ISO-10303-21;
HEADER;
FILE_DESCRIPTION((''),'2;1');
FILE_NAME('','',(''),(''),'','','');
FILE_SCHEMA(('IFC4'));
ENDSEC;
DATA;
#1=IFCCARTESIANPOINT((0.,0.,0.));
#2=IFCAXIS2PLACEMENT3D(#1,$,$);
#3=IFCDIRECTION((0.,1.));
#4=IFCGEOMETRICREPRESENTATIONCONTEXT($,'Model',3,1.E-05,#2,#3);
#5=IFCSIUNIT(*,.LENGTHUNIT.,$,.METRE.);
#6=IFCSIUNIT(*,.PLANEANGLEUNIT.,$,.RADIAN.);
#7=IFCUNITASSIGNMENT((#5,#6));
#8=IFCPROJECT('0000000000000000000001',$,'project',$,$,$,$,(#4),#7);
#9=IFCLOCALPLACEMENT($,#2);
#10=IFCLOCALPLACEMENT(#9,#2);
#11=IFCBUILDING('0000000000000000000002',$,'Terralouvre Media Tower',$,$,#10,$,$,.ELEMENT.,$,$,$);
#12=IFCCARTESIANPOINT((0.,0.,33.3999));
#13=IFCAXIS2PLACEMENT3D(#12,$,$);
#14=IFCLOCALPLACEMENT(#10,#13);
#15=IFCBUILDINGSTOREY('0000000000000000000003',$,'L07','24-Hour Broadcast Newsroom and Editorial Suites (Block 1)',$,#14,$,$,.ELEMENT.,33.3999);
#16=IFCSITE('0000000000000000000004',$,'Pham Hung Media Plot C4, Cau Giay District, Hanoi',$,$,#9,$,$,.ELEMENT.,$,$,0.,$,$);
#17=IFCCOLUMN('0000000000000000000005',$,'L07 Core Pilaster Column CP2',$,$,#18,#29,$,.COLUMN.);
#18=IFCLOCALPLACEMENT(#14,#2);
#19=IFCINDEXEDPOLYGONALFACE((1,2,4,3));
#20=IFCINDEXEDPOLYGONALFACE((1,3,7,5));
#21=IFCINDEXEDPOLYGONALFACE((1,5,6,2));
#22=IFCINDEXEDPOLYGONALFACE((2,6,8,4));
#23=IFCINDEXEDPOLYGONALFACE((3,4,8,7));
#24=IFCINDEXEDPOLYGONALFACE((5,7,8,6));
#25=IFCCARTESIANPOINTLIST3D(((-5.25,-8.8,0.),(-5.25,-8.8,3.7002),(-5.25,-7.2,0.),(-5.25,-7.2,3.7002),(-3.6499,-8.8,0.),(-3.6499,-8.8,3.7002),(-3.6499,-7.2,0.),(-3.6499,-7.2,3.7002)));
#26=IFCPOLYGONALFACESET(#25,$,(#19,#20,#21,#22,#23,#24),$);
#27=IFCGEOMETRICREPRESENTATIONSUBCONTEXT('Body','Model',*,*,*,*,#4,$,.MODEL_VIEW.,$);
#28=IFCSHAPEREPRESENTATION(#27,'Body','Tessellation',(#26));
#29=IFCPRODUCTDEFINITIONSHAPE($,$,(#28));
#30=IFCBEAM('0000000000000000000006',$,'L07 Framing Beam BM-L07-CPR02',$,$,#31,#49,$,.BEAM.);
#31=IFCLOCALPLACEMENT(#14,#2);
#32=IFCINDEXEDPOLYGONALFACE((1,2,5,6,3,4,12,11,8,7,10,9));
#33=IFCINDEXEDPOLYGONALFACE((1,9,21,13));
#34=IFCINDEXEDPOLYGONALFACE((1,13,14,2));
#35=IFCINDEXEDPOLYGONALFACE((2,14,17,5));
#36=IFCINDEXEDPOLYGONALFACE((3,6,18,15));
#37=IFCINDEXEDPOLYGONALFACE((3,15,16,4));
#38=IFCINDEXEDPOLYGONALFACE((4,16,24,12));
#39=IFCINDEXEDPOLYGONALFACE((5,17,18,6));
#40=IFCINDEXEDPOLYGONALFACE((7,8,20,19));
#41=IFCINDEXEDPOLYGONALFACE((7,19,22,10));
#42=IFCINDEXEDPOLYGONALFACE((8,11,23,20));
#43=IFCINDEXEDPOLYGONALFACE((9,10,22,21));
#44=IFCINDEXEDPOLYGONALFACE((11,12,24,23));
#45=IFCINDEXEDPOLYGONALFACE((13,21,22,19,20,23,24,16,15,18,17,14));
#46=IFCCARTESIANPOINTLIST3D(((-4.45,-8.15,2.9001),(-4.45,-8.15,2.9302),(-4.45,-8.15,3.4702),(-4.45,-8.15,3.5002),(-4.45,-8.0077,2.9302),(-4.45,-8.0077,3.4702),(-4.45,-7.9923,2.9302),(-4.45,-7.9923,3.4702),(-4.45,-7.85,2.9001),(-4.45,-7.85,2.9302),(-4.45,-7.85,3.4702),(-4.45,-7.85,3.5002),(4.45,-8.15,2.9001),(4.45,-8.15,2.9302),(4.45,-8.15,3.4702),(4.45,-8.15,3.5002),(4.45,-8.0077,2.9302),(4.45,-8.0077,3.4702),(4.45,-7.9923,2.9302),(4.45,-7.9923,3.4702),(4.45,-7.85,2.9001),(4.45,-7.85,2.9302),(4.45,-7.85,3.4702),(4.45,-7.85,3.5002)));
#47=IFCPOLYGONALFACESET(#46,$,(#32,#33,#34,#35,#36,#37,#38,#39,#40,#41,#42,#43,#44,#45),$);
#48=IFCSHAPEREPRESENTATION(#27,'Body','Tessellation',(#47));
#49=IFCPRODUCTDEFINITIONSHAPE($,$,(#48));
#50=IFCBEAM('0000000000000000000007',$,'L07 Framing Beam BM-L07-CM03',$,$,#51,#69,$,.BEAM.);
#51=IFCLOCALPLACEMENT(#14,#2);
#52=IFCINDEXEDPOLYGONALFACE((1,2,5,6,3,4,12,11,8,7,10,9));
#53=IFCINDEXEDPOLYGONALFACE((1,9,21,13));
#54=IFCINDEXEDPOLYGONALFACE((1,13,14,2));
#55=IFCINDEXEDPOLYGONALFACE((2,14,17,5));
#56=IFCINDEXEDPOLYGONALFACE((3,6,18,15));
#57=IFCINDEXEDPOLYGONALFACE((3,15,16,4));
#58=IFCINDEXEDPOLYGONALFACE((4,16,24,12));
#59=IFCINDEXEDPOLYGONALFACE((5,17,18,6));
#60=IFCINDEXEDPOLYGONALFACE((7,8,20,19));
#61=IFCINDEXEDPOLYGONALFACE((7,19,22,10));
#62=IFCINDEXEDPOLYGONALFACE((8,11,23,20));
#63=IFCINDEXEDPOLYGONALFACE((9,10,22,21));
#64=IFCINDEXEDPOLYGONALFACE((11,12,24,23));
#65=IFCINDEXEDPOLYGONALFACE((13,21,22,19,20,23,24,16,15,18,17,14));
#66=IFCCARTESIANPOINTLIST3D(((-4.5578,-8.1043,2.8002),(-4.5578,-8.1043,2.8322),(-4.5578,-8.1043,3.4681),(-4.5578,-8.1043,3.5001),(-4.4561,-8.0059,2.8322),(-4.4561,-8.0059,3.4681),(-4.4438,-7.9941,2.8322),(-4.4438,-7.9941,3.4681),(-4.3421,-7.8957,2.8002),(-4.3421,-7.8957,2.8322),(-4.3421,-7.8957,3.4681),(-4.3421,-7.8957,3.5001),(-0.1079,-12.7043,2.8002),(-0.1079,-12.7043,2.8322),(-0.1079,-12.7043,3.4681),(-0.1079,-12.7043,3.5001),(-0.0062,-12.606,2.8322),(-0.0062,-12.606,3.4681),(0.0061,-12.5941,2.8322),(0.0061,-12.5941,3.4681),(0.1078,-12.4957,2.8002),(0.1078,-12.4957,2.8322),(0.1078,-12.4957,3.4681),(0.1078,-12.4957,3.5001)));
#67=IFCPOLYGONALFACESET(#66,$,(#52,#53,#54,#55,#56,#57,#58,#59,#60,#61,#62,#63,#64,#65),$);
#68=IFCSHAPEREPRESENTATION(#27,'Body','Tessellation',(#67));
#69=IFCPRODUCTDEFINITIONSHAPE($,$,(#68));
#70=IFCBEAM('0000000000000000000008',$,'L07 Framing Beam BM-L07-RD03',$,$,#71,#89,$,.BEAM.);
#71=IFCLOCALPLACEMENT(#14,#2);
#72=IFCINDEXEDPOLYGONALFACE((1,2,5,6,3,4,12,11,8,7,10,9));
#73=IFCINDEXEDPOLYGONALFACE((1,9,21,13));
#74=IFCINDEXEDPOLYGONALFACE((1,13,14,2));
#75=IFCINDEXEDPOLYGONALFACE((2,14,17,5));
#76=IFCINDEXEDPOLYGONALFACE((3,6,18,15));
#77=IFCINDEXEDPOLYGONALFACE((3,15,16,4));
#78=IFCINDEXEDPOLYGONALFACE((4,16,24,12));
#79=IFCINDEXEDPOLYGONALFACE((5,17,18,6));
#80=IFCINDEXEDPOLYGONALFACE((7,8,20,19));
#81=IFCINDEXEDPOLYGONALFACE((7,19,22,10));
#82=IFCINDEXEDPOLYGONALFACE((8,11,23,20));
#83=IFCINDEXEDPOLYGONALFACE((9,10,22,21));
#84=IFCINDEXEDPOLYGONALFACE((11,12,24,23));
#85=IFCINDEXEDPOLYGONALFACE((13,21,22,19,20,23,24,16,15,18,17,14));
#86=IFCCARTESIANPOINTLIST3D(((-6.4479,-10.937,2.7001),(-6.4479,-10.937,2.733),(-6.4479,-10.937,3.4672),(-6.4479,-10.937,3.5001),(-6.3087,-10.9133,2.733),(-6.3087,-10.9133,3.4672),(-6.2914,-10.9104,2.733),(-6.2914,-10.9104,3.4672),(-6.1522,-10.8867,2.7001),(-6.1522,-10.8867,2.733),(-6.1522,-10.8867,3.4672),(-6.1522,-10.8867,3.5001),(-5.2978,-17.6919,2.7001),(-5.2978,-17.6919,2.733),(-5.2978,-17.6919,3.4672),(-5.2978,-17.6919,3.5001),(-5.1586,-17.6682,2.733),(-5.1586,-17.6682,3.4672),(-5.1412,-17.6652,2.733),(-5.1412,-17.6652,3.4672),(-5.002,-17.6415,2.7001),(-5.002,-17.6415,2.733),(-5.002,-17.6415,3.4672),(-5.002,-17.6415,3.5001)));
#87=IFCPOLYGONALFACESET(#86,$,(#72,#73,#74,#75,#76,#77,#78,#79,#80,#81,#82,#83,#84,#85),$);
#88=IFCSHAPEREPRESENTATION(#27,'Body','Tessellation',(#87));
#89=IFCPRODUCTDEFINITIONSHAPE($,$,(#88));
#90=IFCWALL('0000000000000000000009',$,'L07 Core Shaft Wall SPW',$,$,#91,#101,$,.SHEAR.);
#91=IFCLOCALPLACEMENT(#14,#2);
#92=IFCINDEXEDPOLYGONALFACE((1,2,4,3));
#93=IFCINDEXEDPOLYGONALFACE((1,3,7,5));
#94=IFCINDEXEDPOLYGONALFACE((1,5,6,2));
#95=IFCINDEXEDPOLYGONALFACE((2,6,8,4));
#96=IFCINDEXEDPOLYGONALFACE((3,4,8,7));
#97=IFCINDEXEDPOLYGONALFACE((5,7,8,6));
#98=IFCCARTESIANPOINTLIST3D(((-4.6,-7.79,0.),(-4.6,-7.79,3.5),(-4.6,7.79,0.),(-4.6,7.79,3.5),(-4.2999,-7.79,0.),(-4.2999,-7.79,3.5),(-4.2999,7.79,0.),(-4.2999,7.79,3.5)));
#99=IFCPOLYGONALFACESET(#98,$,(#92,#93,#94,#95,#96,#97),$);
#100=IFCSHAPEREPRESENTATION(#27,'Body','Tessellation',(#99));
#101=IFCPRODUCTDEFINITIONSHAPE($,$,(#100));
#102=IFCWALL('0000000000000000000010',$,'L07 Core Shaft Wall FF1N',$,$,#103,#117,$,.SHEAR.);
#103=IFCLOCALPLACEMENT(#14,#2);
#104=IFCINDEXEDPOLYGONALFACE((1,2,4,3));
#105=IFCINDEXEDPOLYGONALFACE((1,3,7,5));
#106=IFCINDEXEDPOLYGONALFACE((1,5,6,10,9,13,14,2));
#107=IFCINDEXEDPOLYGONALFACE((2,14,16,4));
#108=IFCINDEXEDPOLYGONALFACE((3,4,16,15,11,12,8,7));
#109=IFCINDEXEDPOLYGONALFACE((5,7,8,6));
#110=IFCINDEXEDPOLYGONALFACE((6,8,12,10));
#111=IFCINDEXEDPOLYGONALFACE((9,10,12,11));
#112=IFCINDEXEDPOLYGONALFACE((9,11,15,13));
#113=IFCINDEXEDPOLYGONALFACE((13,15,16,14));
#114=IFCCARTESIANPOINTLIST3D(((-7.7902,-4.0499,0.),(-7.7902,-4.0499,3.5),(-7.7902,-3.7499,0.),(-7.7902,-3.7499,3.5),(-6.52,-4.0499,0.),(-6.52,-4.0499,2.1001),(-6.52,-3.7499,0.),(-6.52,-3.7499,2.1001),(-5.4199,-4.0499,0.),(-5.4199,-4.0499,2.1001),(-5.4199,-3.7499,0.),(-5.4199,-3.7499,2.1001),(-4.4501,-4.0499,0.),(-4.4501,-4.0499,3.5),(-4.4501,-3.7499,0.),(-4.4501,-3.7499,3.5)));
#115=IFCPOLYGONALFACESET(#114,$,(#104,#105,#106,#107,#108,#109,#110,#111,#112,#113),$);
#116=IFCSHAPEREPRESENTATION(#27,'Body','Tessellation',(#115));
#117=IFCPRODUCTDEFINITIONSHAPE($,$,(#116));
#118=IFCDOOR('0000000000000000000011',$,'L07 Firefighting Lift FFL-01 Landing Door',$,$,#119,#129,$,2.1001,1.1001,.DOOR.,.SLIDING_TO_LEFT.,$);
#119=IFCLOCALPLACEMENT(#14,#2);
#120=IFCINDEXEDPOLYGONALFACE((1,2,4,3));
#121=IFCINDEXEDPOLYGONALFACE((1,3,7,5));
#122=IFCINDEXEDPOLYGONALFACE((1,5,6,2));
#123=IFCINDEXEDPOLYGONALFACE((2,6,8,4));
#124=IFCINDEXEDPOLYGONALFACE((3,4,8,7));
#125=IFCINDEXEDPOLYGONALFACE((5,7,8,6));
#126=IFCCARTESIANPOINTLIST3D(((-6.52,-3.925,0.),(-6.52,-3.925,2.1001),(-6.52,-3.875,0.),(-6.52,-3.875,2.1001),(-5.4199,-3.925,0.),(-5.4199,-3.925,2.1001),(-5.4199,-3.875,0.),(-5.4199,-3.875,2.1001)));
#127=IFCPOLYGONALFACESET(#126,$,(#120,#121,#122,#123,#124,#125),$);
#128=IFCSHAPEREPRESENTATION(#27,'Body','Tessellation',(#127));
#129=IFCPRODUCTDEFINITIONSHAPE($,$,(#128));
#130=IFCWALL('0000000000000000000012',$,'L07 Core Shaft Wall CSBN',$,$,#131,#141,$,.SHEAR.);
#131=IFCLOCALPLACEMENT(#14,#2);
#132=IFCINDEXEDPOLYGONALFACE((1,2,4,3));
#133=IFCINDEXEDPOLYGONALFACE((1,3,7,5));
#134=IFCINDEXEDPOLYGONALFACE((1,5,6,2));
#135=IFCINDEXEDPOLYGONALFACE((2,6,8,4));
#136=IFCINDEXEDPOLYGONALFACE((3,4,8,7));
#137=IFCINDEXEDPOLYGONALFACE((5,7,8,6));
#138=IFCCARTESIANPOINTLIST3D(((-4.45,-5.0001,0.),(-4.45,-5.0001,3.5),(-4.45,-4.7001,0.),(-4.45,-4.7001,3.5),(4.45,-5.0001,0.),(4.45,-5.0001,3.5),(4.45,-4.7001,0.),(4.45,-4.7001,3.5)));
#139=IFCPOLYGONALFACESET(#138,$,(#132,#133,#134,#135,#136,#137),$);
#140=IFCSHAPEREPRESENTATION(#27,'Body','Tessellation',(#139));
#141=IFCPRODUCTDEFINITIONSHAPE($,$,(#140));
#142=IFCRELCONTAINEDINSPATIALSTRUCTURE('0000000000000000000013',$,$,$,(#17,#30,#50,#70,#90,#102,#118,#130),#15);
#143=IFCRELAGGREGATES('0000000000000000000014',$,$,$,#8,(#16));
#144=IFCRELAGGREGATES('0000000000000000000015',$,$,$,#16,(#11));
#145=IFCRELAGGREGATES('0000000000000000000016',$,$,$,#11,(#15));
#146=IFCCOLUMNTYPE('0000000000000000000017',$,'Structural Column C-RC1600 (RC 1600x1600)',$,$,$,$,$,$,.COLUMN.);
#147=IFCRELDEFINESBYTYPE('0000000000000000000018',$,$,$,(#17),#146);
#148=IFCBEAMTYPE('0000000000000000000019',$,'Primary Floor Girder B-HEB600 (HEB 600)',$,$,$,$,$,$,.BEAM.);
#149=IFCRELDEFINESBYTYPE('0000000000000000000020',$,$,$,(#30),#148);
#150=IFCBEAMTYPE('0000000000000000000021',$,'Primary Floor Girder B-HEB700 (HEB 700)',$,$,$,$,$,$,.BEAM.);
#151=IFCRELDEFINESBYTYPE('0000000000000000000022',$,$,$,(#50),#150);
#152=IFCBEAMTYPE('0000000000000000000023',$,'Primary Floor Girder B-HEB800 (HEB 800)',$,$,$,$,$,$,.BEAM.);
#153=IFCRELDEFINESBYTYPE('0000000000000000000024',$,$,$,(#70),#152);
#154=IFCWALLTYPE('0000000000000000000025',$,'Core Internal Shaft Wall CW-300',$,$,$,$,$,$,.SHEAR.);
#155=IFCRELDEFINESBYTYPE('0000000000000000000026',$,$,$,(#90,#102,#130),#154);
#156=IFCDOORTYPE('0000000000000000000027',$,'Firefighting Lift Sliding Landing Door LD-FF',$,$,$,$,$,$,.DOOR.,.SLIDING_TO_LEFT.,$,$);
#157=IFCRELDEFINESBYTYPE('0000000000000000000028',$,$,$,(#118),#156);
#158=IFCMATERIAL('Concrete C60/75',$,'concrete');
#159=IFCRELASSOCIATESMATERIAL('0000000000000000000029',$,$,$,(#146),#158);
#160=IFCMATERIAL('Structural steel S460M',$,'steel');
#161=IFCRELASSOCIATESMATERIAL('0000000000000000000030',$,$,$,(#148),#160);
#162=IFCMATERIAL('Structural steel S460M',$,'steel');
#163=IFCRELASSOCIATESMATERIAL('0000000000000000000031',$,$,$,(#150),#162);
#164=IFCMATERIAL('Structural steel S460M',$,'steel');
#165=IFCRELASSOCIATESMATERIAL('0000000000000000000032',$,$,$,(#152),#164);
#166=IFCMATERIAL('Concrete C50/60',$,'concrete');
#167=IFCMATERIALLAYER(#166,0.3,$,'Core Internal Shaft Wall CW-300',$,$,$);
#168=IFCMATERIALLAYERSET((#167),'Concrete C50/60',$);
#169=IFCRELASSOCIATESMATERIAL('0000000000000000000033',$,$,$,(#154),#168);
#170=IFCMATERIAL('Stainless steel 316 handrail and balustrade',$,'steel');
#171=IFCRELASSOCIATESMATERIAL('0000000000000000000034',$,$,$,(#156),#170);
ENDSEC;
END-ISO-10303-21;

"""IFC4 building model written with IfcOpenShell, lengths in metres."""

from ifc_helpers import new_model, si_unit, direction, frame, frame_2d, origin, origin_2d, place, context, subcontext, project, spatial, rectangle, i_section, extrude, material, layer, layer_set, material_profile, profile_set, type_object, element, fill, save


model = new_model("IFC4")

# Units and contexts
model_context = context("Model", 3, precision=1e-05, world=origin(), true_north=direction((0.0, 1.0)))
body_context = subcontext(model_context, "Body", "Model", "MODEL_VIEW")
ifc_project = project(units=[si_unit("LENGTHUNIT", "METRE"), si_unit("PLANEANGLEUNIT", "RADIAN")], contexts=[model_context])

# Site, building, storey
site_placement = place(None, origin())
site = spatial("IfcSite", under=ifc_project, at=site_placement, Name="Pham Hung Media Plot C4, Cau Giay District, Hanoi", CompositionType="ELEMENT", RefElevation=0.0)
building_placement = place(site_placement, origin())
building = spatial("IfcBuilding", under=site, at=building_placement, Name="Terralouvre Media Tower", CompositionType="ELEMENT")
storey_placement = place(building_placement, frame((0.0, 0.0, 33.3999)))
storey = spatial("IfcBuildingStorey", under=building, at=storey_placement, Name="L07", Description="24-Hour Broadcast Newsroom and Editorial Suites (Block 1)", CompositionType="ELEMENT", Elevation=33.3999)

# Column
ifc_material_1 = material(Name="Concrete C60/75", Category="concrete")
ifc_material_profile_1 = material_profile(ifc_material_1, rectangle(XDim=1.6001, YDim=1.6001, at=origin_2d()), Name="RC 1600x1600")
ifc_profile_set_1 = profile_set([ifc_material_profile_1], Name="Concrete C60/75")
column_type = type_object("IfcColumnType", Name="Structural Column C-RC1600 (RC 1600x1600)", PredefinedType="COLUMN", material=ifc_profile_set_1)
column_placement = place(storey_placement, frame((-4.45, -8.0, 0.0), z_axis=(0.0, 0.0, 1.0), x_axis=(1.0, 0.0, 0.0)))
element("IfcColumn", 1, at=column_placement, inside=storey, type_object=column_type, Name="L07 Core Pilaster Column CP2", PredefinedType="COLUMN", context=body_context, shape_type="SweptSolid", body=[
    extrude(rectangle(XDim=1.6001, YDim=1.6001, at=origin_2d()), origin(), (0.0, 0.0, 1.0), 3.7002),
])

# Beams
ifc_material_2 = material(Name="Structural steel S460M", Category="steel")
ifc_material_profile_2 = material_profile(ifc_material_2, i_section(OverallWidth=0.3, OverallDepth=0.6001, WebThickness=0.0154, FlangeThickness=0.03, at=origin_2d()), Name="HEB 600")
ifc_profile_set_2 = profile_set([ifc_material_profile_2], Name="Structural steel S460M")
beam_type_1 = type_object("IfcBeamType", Name="Primary Floor Girder B-HEB600 (HEB 600)", PredefinedType="BEAM", material=ifc_profile_set_2)
beam_1_placement = place(storey_placement, frame((-4.45, -8.0, 3.2002), z_axis=(1.0, 0.0, 0.0), x_axis=(0.0, 1.0, 0.0)))
element("IfcBeam", 2, at=beam_1_placement, inside=storey, type_object=beam_type_1, Name="L07 Framing Beam BM-L07-CPR02", PredefinedType="BEAM", context=body_context, shape_type="SweptSolid", body=[
    extrude(i_section(OverallWidth=0.3, OverallDepth=0.6001, WebThickness=0.0154, FlangeThickness=0.03, at=origin_2d()), origin(), (0.0, 0.0, 1.0), 8.8999),
])
ifc_material_3 = material(Name="Structural steel S460M", Category="steel")
ifc_material_profile_3 = material_profile(ifc_material_3, i_section(OverallWidth=0.3, OverallDepth=0.7, WebThickness=0.0171, FlangeThickness=0.032, at=origin_2d()), Name="HEB 700")
ifc_profile_set_3 = profile_set([ifc_material_profile_3], Name="Structural steel S460M")
beam_type_2 = type_object("IfcBeamType", Name="Primary Floor Girder B-HEB700 (HEB 700)", PredefinedType="BEAM", material=ifc_profile_set_3)
beam_2_placement = place(storey_placement, frame((-4.45, -8.0, 3.1501), z_axis=(0.69528, -0.718739, 0.0), x_axis=(0.718739, 0.69528, 0.0)))
element("IfcBeam", 3, at=beam_2_placement, inside=storey, type_object=beam_type_2, Name="L07 Framing Beam BM-L07-CM03", PredefinedType="BEAM", context=body_context, shape_type="SweptSolid", body=[
    extrude(i_section(OverallWidth=0.3, OverallDepth=0.7, WebThickness=0.0171, FlangeThickness=0.032, at=origin_2d()), origin(), (0.0, 0.0, 1.0), 6.4001),
])
ifc_material_4 = material(Name="Structural steel S460M", Category="steel")
ifc_material_profile_4 = material_profile(ifc_material_4, i_section(OverallWidth=0.3, OverallDepth=0.8, WebThickness=0.0176, FlangeThickness=0.033, at=origin_2d()), Name="HEB 800")
ifc_profile_set_4 = profile_set([ifc_material_profile_4], Name="Structural steel S460M")
beam_type_3 = type_object("IfcBeamType", Name="Primary Floor Girder B-HEB800 (HEB 800)", PredefinedType="BEAM", material=ifc_profile_set_4)
beam_3_placement = place(storey_placement, frame((-6.3, -10.9119, 3.1001), z_axis=(0.167853, -0.985812, 0.0), x_axis=(0.985812, 0.167853, 0.0)))
element("IfcBeam", 4, at=beam_3_placement, inside=storey, type_object=beam_type_3, Name="L07 Framing Beam BM-L07-RD03", PredefinedType="BEAM", context=body_context, shape_type="SweptSolid", body=[
    extrude(i_section(OverallWidth=0.3, OverallDepth=0.8, WebThickness=0.0176, FlangeThickness=0.033, at=origin_2d()), origin(), (0.0, 0.0, 1.0), 6.8521),
])

# Wall
ifc_material_5 = material(Name="Concrete C50/60", Category="concrete")
ifc_layer_1 = layer(ifc_material_5, 0.3, Name="Core Internal Shaft Wall CW-300")
ifc_layer_set_1 = layer_set([ifc_layer_1], Name="Concrete C50/60")
wall_type_1 = type_object("IfcWallType", Name="Core Internal Shaft Wall CW-300", PredefinedType="SHEAR", material=ifc_layer_set_1)
wall_1_placement = place(storey_placement, frame((-4.45, -7.79, 0.0), z_axis=(0.0, 0.0, 1.0), x_axis=(0.0, 1.0, 0.0)))
element("IfcWall", 5, at=wall_1_placement, inside=storey, type_object=wall_type_1, Name="L07 Core Shaft Wall SPW", PredefinedType="SHEAR", context=body_context, shape_type="SweptSolid", body=[
    extrude(rectangle(XDim=15.5801, YDim=0.3, at=frame_2d((7.79, 0.0))), origin(), (0.0, 0.0, 1.0), 3.5),
])

# Wall, opening, door
wall_2_placement = place(storey_placement, frame((-7.79, -3.8999, 0.0), z_axis=(0.0, 0.0, 1.0), x_axis=(1.0, 0.0, 0.0)))
wall_2 = element("IfcWall", 6, at=wall_2_placement, inside=storey, type_object=wall_type_1, Name="L07 Core Shaft Wall FF1N", PredefinedType="SHEAR", context=body_context, shape_type="SweptSolid", body=[
    extrude(rectangle(XDim=3.3401, YDim=0.3, at=frame_2d((1.6699, 0.0))), origin(), (0.0, 0.0, 1.0), 3.5),
])
opening_1_placement = place(wall_2_placement, frame((1.27, 0.0, 0.0)))
opening_1 = element("IfcOpeningElement", 7, at=opening_1_placement, cuts=wall_2, PredefinedType="OPENING", context=body_context, shape_type="SweptSolid", body=[
    extrude(rectangle(XDim=1.1001, YDim=2.1001, at=frame_2d((0.55, 1.05))), frame((0.0, 0.1599, 0.0), z_axis=(0.0, -1.0, 0.0), x_axis=(1.0, 0.0, 0.0)), (0.0, 0.0, 1.0), 0.3201),
])
ifc_material_6 = material(Name="Stainless steel 316 handrail and balustrade", Category="steel")
door_type_1 = type_object("IfcDoorType", Name="Firefighting Lift Sliding Landing Door LD-FF", OperationType="SLIDING_TO_LEFT", PredefinedType="DOOR", material=ifc_material_6)
door_1_placement = place(opening_1_placement, origin())
door_1 = element("IfcDoor", 8, at=door_1_placement, inside=storey, type_object=door_type_1, Name="L07 Firefighting Lift FFL-01 Landing Door", OperationType="SLIDING_TO_LEFT", OverallHeight=2.1001, OverallWidth=1.1001, PredefinedType="DOOR", context=body_context, shape_type="SweptSolid", body=[
    extrude(rectangle(XDim=1.1001, YDim=2.1001, at=frame_2d((0.55, 1.05))), frame((0.0, 0.0249, 0.0), z_axis=(0.0, -1.0, 0.0), x_axis=(1.0, 0.0, 0.0)), (0.0, 0.0, 1.0), 0.05),
])
fill(opening_1, door_1)

# Wall
wall_3_placement = place(storey_placement, frame((-4.45, -4.8501, 0.0), z_axis=(0.0, 0.0, 1.0), x_axis=(1.0, 0.0, 0.0)))
element("IfcWall", 9, at=wall_3_placement, inside=storey, type_object=wall_type_1, Name="L07 Core Shaft Wall CSBN", PredefinedType="SHEAR", context=body_context, shape_type="SweptSolid", body=[
    extrude(rectangle(XDim=8.8999, YDim=0.3, at=frame_2d((4.45, 0.0))), origin(), (0.0, 0.0, 1.0), 3.5),
])

save(model, "model.ifc")
